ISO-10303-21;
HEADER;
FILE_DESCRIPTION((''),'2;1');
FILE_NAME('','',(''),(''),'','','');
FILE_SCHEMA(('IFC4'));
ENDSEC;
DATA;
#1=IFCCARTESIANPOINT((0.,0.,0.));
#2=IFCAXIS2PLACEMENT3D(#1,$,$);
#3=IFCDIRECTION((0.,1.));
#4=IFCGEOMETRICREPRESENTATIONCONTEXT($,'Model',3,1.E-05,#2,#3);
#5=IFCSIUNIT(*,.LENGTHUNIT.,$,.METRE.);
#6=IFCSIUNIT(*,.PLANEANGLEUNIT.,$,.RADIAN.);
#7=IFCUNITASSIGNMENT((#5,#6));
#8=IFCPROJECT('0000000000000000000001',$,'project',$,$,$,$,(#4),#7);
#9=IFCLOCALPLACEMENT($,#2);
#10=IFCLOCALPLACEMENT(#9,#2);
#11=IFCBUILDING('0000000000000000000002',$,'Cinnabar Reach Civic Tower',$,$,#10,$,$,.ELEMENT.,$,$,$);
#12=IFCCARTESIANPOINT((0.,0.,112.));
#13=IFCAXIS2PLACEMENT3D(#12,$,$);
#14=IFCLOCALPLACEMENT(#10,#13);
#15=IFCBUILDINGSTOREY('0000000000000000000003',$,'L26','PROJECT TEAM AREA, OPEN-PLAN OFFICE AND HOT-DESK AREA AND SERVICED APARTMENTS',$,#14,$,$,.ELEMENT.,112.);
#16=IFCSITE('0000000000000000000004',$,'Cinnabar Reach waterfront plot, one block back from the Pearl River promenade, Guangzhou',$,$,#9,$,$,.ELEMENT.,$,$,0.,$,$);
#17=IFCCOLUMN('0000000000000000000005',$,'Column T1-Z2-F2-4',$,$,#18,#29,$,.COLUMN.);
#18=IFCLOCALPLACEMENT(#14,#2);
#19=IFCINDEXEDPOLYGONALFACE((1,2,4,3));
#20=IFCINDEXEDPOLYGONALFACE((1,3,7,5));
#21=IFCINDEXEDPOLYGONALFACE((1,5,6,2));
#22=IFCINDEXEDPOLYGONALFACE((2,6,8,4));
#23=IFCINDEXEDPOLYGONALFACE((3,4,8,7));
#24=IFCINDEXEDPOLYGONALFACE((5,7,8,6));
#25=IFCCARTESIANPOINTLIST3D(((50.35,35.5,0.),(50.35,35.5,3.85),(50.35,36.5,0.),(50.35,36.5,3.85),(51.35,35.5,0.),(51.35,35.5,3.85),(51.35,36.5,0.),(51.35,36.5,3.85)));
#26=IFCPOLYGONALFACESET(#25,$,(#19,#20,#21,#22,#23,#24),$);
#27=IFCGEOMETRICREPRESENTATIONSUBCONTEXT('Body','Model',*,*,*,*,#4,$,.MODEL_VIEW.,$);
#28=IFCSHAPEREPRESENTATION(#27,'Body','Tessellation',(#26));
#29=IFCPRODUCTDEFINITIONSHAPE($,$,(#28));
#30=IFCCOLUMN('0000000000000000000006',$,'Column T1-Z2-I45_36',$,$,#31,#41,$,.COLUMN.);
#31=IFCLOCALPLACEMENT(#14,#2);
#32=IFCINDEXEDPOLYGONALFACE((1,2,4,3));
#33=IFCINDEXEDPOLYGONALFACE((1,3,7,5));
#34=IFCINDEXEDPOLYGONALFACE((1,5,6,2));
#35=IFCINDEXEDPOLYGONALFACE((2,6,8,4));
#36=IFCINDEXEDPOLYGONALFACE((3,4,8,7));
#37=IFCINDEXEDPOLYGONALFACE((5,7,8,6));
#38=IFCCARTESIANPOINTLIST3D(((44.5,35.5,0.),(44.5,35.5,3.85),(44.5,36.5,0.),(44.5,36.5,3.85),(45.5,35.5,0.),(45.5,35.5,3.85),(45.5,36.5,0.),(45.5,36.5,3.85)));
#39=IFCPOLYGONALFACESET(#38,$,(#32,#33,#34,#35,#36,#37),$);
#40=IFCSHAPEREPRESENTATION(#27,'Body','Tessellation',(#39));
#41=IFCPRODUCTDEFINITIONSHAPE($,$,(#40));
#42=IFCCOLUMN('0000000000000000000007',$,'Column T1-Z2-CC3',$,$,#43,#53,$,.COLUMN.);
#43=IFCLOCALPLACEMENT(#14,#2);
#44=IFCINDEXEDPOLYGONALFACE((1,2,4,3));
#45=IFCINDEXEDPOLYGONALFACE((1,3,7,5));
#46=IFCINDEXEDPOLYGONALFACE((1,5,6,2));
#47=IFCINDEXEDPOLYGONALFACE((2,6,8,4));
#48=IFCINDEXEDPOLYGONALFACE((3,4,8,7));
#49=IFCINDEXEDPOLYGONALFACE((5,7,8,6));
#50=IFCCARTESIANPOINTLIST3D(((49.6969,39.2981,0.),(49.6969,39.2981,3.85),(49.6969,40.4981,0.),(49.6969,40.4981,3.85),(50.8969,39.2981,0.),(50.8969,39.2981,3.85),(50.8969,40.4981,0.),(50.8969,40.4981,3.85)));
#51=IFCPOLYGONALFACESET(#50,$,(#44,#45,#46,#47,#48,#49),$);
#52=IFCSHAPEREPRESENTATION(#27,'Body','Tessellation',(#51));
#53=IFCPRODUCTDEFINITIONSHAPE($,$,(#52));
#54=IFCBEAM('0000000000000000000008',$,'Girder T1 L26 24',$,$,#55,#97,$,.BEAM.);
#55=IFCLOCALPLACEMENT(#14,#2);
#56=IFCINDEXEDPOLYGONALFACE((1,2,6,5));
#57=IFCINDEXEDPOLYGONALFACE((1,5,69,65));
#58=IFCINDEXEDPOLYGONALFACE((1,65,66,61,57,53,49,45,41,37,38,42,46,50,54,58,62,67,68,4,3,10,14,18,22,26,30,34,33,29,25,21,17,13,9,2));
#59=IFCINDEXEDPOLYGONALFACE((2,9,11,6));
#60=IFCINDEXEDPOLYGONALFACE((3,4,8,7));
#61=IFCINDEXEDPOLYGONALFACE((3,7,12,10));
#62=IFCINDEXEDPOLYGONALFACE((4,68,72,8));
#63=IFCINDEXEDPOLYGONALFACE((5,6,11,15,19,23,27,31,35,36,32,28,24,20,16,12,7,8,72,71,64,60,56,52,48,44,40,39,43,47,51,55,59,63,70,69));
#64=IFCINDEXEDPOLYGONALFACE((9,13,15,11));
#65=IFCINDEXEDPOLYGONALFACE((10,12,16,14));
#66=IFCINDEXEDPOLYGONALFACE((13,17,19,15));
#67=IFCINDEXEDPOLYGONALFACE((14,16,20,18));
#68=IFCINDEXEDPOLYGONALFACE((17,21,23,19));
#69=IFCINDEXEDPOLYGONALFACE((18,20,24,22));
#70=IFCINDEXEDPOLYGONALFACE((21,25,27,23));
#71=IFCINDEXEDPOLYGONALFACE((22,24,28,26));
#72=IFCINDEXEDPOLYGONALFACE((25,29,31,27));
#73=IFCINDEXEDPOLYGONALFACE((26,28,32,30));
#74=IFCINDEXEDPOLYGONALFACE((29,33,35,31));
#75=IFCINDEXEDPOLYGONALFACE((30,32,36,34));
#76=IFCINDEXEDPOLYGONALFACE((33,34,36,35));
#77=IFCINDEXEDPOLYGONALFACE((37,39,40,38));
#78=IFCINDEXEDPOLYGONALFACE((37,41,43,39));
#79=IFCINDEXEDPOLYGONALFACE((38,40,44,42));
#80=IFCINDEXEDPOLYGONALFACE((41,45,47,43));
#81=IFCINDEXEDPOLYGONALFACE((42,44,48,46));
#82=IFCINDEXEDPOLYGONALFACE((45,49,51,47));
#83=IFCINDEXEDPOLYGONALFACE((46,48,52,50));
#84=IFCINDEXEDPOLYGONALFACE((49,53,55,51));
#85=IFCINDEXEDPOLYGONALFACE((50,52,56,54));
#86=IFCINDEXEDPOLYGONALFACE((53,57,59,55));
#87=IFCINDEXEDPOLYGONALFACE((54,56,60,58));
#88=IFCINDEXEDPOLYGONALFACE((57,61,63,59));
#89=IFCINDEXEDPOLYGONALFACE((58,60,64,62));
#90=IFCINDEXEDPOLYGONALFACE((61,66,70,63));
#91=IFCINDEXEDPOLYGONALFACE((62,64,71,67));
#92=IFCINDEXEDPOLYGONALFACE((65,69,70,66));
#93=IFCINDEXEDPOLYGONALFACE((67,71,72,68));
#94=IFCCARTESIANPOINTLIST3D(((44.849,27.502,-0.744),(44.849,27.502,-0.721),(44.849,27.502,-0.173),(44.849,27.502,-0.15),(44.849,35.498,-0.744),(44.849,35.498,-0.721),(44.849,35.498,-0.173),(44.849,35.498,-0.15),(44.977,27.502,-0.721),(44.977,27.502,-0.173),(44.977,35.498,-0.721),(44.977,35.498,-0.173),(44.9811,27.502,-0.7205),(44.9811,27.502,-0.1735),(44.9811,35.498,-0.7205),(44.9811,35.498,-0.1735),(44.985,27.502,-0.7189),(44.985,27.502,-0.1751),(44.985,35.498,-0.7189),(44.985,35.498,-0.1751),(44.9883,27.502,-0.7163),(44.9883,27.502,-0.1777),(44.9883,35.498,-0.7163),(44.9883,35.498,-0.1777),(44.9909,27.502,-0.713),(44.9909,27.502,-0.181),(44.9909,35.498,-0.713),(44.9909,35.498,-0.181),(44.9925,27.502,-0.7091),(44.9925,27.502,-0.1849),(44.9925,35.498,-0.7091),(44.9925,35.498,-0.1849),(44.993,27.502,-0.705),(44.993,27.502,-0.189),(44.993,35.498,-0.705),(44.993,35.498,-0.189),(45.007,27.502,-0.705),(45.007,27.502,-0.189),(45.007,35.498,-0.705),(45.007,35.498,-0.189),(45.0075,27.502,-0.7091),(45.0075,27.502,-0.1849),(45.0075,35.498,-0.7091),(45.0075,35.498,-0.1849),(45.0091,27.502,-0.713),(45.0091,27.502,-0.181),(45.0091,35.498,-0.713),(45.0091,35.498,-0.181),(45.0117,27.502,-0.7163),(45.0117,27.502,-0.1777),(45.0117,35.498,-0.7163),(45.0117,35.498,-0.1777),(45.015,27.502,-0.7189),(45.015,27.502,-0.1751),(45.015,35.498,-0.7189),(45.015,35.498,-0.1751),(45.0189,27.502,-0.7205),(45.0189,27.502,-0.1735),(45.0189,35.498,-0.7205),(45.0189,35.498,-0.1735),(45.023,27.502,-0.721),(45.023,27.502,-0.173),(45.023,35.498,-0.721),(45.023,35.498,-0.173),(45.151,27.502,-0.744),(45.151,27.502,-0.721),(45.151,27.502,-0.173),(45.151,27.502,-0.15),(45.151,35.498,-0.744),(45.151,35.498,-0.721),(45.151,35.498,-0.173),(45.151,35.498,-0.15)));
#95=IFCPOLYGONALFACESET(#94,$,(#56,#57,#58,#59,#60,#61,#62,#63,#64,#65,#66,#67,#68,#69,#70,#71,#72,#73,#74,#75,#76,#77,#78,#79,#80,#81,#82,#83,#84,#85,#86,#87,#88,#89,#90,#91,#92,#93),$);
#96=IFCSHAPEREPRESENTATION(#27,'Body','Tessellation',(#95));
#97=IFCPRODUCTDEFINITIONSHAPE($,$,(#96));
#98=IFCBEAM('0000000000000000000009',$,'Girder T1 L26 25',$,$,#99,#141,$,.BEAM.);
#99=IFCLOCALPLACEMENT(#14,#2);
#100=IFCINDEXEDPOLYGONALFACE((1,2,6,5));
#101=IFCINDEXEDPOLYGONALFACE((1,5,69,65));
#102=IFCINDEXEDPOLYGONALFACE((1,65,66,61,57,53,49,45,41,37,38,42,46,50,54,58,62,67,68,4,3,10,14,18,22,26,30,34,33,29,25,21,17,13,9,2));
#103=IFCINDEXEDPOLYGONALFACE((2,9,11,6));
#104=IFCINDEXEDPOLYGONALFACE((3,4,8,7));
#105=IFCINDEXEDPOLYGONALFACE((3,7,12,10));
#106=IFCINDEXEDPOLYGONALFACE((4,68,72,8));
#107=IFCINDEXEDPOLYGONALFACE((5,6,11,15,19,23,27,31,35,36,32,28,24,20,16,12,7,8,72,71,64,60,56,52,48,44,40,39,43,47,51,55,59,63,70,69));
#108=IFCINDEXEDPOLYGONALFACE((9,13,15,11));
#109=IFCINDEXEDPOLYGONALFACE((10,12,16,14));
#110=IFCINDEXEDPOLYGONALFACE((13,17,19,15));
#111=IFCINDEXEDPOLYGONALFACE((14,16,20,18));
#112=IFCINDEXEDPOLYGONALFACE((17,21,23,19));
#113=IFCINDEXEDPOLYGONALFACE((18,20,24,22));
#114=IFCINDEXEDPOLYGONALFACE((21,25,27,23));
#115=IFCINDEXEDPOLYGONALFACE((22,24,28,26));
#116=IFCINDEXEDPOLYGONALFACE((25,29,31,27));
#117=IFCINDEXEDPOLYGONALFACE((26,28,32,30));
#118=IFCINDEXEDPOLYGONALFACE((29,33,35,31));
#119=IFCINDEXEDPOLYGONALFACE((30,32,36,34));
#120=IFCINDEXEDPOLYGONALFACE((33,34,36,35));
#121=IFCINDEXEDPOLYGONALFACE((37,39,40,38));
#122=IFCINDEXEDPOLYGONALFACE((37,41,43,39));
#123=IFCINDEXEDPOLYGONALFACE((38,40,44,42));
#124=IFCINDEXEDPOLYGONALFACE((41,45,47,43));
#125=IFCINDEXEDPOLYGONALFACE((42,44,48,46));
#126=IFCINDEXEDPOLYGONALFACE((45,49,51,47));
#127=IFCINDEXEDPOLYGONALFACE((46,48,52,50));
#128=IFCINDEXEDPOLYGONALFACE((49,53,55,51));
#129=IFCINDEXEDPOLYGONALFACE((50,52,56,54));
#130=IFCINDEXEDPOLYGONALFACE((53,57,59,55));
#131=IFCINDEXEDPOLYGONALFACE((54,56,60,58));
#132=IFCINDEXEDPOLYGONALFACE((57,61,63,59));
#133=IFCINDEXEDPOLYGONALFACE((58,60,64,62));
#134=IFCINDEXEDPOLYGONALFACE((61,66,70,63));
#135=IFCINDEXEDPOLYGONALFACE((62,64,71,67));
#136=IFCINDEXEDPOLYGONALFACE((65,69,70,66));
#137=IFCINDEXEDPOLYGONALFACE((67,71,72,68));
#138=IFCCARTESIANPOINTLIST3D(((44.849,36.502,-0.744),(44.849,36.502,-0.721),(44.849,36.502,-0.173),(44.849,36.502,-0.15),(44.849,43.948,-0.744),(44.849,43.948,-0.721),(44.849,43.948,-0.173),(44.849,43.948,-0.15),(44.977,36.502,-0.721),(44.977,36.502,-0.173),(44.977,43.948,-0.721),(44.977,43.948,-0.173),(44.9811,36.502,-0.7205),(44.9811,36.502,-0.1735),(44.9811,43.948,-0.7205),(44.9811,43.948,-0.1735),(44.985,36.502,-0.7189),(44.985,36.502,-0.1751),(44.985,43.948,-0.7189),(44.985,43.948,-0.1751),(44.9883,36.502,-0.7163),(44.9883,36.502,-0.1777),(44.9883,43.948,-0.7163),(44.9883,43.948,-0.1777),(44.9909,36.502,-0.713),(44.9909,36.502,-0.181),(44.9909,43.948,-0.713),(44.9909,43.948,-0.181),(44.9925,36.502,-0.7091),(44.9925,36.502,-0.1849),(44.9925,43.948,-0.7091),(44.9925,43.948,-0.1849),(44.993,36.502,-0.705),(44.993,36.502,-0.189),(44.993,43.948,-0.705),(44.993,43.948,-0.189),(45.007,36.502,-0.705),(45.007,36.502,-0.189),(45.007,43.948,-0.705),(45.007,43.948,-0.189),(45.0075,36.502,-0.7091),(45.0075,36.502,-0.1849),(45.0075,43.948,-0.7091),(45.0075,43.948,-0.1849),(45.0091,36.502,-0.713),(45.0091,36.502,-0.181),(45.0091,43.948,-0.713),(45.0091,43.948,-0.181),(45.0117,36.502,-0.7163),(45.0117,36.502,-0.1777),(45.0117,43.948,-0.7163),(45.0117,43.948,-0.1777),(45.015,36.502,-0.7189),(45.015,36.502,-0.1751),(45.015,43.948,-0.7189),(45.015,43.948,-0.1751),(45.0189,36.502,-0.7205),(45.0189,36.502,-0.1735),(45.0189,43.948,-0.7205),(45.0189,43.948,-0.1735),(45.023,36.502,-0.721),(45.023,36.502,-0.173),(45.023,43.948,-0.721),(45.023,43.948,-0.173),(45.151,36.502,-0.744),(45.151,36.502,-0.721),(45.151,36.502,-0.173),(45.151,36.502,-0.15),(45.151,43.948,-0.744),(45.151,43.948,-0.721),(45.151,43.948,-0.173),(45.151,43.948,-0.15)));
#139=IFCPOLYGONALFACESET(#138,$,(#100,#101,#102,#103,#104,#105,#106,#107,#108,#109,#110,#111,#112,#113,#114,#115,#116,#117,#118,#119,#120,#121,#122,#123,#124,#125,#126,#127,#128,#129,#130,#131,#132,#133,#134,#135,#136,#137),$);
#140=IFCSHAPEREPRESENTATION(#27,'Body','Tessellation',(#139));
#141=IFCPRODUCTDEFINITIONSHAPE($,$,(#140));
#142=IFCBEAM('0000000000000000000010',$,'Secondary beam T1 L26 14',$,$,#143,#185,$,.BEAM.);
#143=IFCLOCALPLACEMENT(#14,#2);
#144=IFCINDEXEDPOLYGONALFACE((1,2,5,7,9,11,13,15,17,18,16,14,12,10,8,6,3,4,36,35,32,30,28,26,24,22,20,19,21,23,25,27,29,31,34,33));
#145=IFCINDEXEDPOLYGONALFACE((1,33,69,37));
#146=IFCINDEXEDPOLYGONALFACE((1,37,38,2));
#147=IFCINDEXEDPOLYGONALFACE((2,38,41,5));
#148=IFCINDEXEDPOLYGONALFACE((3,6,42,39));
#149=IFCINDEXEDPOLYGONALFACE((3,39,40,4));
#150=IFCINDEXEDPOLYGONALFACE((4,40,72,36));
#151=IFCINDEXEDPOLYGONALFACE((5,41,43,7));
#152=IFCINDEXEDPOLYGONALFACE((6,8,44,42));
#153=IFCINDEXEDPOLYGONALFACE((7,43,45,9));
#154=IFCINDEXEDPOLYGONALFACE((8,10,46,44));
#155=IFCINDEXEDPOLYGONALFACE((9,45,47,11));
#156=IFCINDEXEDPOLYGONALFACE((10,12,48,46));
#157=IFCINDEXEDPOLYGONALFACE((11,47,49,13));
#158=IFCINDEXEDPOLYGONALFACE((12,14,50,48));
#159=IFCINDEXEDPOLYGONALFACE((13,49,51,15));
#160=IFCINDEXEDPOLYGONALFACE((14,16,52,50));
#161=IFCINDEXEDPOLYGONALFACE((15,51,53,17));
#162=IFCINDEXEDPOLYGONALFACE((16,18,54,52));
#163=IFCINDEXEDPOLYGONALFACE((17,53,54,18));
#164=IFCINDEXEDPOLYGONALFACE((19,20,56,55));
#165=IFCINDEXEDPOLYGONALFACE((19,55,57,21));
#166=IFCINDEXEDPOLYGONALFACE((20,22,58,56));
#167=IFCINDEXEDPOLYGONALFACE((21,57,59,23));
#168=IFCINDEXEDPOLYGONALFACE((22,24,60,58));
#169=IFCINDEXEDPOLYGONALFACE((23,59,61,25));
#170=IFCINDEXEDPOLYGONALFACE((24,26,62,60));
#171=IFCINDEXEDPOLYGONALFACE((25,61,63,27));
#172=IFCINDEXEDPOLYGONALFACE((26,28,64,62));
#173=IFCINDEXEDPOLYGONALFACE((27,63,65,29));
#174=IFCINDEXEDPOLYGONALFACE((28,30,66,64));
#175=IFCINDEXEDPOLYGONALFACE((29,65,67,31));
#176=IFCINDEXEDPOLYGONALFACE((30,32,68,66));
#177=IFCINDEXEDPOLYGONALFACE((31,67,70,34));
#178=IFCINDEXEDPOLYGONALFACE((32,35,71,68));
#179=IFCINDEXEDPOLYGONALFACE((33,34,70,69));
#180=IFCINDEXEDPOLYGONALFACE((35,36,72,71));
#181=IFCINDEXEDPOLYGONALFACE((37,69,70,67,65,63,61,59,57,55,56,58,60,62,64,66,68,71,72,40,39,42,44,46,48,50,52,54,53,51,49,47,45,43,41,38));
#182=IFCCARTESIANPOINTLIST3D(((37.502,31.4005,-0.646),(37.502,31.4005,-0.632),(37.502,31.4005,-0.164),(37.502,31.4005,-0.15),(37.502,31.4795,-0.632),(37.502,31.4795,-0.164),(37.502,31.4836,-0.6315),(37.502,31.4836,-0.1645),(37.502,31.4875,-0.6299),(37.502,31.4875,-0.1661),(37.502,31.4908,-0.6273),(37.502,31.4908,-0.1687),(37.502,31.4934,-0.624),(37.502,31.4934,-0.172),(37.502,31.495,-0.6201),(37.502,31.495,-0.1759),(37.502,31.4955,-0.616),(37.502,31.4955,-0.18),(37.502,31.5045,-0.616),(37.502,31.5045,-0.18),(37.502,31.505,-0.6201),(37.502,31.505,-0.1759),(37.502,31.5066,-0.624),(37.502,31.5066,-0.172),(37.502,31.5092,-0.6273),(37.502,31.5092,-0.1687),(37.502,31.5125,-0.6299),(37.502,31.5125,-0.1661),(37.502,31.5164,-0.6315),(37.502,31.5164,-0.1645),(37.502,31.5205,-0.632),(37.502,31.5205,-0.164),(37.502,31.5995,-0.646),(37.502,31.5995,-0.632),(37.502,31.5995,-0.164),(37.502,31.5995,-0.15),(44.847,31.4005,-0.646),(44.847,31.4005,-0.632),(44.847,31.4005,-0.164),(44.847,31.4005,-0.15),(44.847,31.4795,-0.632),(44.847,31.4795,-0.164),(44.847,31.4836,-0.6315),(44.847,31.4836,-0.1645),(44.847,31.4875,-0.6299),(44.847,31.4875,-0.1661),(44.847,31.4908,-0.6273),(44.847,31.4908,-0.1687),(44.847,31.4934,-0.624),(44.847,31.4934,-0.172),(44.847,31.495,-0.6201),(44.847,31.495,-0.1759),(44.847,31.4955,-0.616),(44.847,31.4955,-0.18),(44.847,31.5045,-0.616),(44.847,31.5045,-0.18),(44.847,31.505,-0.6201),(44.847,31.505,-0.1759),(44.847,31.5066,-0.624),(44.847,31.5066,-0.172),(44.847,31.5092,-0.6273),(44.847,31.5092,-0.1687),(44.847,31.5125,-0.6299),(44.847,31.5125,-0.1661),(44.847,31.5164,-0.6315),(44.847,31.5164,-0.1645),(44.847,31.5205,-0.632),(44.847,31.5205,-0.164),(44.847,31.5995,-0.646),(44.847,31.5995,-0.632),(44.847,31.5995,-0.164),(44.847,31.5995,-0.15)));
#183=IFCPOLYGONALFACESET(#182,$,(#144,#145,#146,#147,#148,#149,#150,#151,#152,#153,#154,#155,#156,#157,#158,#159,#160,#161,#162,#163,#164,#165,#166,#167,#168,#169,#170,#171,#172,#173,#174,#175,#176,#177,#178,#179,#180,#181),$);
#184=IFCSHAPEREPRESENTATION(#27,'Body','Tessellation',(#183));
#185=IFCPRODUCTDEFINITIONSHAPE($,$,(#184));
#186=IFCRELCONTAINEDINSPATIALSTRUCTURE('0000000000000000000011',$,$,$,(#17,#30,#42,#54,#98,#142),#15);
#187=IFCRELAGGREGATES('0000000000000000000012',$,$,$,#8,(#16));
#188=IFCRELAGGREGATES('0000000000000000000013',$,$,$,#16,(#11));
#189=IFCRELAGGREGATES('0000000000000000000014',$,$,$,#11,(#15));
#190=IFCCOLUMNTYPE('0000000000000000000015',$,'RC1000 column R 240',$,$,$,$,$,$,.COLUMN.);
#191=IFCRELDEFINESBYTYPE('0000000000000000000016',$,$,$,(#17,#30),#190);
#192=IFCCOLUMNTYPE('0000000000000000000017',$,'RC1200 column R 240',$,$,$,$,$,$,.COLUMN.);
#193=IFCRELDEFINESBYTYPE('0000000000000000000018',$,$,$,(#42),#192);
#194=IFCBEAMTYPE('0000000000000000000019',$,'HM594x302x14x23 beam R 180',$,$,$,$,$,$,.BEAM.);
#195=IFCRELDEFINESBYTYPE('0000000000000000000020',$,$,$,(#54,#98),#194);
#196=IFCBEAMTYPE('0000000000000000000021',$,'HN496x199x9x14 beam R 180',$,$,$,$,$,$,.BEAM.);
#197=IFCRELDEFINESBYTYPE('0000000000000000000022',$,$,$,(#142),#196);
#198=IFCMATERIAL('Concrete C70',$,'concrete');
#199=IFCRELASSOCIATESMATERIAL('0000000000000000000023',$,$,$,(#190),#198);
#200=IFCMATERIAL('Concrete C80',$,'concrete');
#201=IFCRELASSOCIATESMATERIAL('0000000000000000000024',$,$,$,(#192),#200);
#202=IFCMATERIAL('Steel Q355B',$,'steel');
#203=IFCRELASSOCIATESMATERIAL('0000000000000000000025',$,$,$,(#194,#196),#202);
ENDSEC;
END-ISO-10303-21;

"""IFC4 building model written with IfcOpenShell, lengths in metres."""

from ifc_helpers import new_model, si_unit, direction, frame, origin, origin_2d, place, context, subcontext, project, spatial, rectangle, i_section, extrude, material, material_profile, profile_set, type_object, element, save


model = new_model("IFC4")

# Units and contexts
model_context = context("Model", 3, precision=1e-05, world=origin(), true_north=direction((0.0, 1.0)))
body_context = subcontext(model_context, "Body", "Model", "MODEL_VIEW")
ifc_project = project(units=[si_unit("LENGTHUNIT", "METRE"), si_unit("PLANEANGLEUNIT", "RADIAN")], contexts=[model_context])

# Site, building, storey
site_placement = place(None, origin())
site = spatial("IfcSite", under=ifc_project, at=site_placement, Name="Cinnabar Reach waterfront plot, one block back from the Pearl River promenade, Guangzhou", CompositionType="ELEMENT", RefElevation=0.0)
building_placement = place(site_placement, origin())
building = spatial("IfcBuilding", under=site, at=building_placement, Name="Cinnabar Reach Civic Tower", CompositionType="ELEMENT")
storey_placement = place(building_placement, frame((0.0, 0.0, 112.0)))
storey = spatial("IfcBuildingStorey", under=building, at=storey_placement, Name="L26", Description="PROJECT TEAM AREA, OPEN-PLAN OFFICE AND HOT-DESK AREA AND SERVICED APARTMENTS", CompositionType="ELEMENT", Elevation=112.0)

# Columns
ifc_material_1 = material(Name="Concrete C70", Category="concrete")
ifc_material_profile_1 = material_profile(ifc_material_1, rectangle(XDim=1.0, YDim=1.0, at=origin_2d()), Name="RC1000")
ifc_profile_set_1 = profile_set([ifc_material_profile_1], Name="Concrete C70")
column_type_1 = type_object("IfcColumnType", Name="RC1000 column R 240", PredefinedType="COLUMN", material=ifc_profile_set_1)
for number, where, z_axis, x_axis, name in (
    (1, (50.85, 36.0, 0.0), (0.0, 0.0, 1.0), (1.0, 0.0, 0.0), "Column T1-Z2-F2-4"),
    (2, (45.0, 36.0, 0.0), (0.0, 0.0, 1.0), (1.0, 0.0, 0.0), "Column T1-Z2-I45_36"),
):
    element("IfcColumn", number, at=place(storey_placement, frame(where, z_axis=z_axis, x_axis=x_axis)), inside=storey, type_object=column_type_1, Name=name, PredefinedType="COLUMN", context=body_context, shape_type="SweptSolid", body=[
        extrude(rectangle(XDim=1.0, YDim=1.0, at=origin_2d()), origin(), (0.0, 0.0, 1.0), 3.85),
    ])
ifc_material_2 = material(Name="Concrete C80", Category="concrete")
ifc_material_profile_2 = material_profile(ifc_material_2, rectangle(XDim=1.2, YDim=1.2, at=origin_2d()), Name="RC1200")
ifc_profile_set_2 = profile_set([ifc_material_profile_2], Name="Concrete C80")
column_type_2 = type_object("IfcColumnType", Name="RC1200 column R 240", PredefinedType="COLUMN", material=ifc_profile_set_2)
column_placement = place(storey_placement, frame((50.2969, 39.8981, 0.0), z_axis=(0.0, 0.0, 1.0), x_axis=(1.0, 0.0, 0.0)))
element("IfcColumn", 3, at=column_placement, inside=storey, type_object=column_type_2, Name="Column T1-Z2-CC3", PredefinedType="COLUMN", context=body_context, shape_type="SweptSolid", body=[
    extrude(rectangle(XDim=1.2, YDim=1.2, at=origin_2d()), origin(), (0.0, 0.0, 1.0), 3.85),
])

# Beams
ifc_material_3 = material(Name="Steel Q355B", Category="steel")
ifc_material_profile_3 = material_profile(ifc_material_3, i_section(OverallWidth=0.302, OverallDepth=0.594, WebThickness=0.014, FlangeThickness=0.023, FilletRadius=0.016, at=origin_2d()), Name="HM594x302x14x23")
ifc_profile_set_3 = profile_set([ifc_material_profile_3], Name="Steel Q355B")
beam_type_1 = type_object("IfcBeamType", Name="HM594x302x14x23 beam R 180", PredefinedType="BEAM", material=ifc_profile_set_3)
beam_1_placement = place(storey_placement, frame((45.0, 27.502, -0.447), z_axis=(0.0, 1.0, 0.0), x_axis=(-1.0, 0.0, 0.0)))
element("IfcBeam", 4, at=beam_1_placement, inside=storey, type_object=beam_type_1, Name="Girder T1 L26 24", PredefinedType="BEAM", context=body_context, shape_type="SweptSolid", body=[
    extrude(i_section(OverallWidth=0.302, OverallDepth=0.594, WebThickness=0.014, FlangeThickness=0.023, FilletRadius=0.016, at=origin_2d()), origin(), (0.0, 0.0, 1.0), 7.996),
])
beam_2_placement = place(storey_placement, frame((45.0, 36.502, -0.447), z_axis=(0.0, 1.0, 0.0), x_axis=(-1.0, 0.0, 0.0)))
element("IfcBeam", 5, at=beam_2_placement, inside=storey, type_object=beam_type_1, Name="Girder T1 L26 25", PredefinedType="BEAM", context=body_context, shape_type="SweptSolid", body=[
    extrude(i_section(OverallWidth=0.302, OverallDepth=0.594, WebThickness=0.014, FlangeThickness=0.023, FilletRadius=0.016, at=origin_2d()), origin(), (0.0, 0.0, 1.0), 7.446),
])
ifc_material_profile_4 = material_profile(ifc_material_3, i_section(OverallWidth=0.199, OverallDepth=0.496, WebThickness=0.009, FlangeThickness=0.014, FilletRadius=0.016, at=origin_2d()), Name="HN496x199x9x14")
ifc_profile_set_4 = profile_set([ifc_material_profile_4], Name="Steel Q355B")
beam_type_2 = type_object("IfcBeamType", Name="HN496x199x9x14 beam R 180", PredefinedType="BEAM", material=ifc_profile_set_4)
beam_3_placement = place(storey_placement, frame((37.502, 31.5, -0.398), z_axis=(1.0, 0.0, 0.0), x_axis=(0.0, 1.0, 0.0)))
element("IfcBeam", 6, at=beam_3_placement, inside=storey, type_object=beam_type_2, Name="Secondary beam T1 L26 14", PredefinedType="BEAM", context=body_context, shape_type="SweptSolid", body=[
    extrude(i_section(OverallWidth=0.199, OverallDepth=0.496, WebThickness=0.009, FlangeThickness=0.014, FilletRadius=0.016, at=origin_2d()), origin(), (0.0, 0.0, 1.0), 7.345),
])

save(model, "model.ifc")
